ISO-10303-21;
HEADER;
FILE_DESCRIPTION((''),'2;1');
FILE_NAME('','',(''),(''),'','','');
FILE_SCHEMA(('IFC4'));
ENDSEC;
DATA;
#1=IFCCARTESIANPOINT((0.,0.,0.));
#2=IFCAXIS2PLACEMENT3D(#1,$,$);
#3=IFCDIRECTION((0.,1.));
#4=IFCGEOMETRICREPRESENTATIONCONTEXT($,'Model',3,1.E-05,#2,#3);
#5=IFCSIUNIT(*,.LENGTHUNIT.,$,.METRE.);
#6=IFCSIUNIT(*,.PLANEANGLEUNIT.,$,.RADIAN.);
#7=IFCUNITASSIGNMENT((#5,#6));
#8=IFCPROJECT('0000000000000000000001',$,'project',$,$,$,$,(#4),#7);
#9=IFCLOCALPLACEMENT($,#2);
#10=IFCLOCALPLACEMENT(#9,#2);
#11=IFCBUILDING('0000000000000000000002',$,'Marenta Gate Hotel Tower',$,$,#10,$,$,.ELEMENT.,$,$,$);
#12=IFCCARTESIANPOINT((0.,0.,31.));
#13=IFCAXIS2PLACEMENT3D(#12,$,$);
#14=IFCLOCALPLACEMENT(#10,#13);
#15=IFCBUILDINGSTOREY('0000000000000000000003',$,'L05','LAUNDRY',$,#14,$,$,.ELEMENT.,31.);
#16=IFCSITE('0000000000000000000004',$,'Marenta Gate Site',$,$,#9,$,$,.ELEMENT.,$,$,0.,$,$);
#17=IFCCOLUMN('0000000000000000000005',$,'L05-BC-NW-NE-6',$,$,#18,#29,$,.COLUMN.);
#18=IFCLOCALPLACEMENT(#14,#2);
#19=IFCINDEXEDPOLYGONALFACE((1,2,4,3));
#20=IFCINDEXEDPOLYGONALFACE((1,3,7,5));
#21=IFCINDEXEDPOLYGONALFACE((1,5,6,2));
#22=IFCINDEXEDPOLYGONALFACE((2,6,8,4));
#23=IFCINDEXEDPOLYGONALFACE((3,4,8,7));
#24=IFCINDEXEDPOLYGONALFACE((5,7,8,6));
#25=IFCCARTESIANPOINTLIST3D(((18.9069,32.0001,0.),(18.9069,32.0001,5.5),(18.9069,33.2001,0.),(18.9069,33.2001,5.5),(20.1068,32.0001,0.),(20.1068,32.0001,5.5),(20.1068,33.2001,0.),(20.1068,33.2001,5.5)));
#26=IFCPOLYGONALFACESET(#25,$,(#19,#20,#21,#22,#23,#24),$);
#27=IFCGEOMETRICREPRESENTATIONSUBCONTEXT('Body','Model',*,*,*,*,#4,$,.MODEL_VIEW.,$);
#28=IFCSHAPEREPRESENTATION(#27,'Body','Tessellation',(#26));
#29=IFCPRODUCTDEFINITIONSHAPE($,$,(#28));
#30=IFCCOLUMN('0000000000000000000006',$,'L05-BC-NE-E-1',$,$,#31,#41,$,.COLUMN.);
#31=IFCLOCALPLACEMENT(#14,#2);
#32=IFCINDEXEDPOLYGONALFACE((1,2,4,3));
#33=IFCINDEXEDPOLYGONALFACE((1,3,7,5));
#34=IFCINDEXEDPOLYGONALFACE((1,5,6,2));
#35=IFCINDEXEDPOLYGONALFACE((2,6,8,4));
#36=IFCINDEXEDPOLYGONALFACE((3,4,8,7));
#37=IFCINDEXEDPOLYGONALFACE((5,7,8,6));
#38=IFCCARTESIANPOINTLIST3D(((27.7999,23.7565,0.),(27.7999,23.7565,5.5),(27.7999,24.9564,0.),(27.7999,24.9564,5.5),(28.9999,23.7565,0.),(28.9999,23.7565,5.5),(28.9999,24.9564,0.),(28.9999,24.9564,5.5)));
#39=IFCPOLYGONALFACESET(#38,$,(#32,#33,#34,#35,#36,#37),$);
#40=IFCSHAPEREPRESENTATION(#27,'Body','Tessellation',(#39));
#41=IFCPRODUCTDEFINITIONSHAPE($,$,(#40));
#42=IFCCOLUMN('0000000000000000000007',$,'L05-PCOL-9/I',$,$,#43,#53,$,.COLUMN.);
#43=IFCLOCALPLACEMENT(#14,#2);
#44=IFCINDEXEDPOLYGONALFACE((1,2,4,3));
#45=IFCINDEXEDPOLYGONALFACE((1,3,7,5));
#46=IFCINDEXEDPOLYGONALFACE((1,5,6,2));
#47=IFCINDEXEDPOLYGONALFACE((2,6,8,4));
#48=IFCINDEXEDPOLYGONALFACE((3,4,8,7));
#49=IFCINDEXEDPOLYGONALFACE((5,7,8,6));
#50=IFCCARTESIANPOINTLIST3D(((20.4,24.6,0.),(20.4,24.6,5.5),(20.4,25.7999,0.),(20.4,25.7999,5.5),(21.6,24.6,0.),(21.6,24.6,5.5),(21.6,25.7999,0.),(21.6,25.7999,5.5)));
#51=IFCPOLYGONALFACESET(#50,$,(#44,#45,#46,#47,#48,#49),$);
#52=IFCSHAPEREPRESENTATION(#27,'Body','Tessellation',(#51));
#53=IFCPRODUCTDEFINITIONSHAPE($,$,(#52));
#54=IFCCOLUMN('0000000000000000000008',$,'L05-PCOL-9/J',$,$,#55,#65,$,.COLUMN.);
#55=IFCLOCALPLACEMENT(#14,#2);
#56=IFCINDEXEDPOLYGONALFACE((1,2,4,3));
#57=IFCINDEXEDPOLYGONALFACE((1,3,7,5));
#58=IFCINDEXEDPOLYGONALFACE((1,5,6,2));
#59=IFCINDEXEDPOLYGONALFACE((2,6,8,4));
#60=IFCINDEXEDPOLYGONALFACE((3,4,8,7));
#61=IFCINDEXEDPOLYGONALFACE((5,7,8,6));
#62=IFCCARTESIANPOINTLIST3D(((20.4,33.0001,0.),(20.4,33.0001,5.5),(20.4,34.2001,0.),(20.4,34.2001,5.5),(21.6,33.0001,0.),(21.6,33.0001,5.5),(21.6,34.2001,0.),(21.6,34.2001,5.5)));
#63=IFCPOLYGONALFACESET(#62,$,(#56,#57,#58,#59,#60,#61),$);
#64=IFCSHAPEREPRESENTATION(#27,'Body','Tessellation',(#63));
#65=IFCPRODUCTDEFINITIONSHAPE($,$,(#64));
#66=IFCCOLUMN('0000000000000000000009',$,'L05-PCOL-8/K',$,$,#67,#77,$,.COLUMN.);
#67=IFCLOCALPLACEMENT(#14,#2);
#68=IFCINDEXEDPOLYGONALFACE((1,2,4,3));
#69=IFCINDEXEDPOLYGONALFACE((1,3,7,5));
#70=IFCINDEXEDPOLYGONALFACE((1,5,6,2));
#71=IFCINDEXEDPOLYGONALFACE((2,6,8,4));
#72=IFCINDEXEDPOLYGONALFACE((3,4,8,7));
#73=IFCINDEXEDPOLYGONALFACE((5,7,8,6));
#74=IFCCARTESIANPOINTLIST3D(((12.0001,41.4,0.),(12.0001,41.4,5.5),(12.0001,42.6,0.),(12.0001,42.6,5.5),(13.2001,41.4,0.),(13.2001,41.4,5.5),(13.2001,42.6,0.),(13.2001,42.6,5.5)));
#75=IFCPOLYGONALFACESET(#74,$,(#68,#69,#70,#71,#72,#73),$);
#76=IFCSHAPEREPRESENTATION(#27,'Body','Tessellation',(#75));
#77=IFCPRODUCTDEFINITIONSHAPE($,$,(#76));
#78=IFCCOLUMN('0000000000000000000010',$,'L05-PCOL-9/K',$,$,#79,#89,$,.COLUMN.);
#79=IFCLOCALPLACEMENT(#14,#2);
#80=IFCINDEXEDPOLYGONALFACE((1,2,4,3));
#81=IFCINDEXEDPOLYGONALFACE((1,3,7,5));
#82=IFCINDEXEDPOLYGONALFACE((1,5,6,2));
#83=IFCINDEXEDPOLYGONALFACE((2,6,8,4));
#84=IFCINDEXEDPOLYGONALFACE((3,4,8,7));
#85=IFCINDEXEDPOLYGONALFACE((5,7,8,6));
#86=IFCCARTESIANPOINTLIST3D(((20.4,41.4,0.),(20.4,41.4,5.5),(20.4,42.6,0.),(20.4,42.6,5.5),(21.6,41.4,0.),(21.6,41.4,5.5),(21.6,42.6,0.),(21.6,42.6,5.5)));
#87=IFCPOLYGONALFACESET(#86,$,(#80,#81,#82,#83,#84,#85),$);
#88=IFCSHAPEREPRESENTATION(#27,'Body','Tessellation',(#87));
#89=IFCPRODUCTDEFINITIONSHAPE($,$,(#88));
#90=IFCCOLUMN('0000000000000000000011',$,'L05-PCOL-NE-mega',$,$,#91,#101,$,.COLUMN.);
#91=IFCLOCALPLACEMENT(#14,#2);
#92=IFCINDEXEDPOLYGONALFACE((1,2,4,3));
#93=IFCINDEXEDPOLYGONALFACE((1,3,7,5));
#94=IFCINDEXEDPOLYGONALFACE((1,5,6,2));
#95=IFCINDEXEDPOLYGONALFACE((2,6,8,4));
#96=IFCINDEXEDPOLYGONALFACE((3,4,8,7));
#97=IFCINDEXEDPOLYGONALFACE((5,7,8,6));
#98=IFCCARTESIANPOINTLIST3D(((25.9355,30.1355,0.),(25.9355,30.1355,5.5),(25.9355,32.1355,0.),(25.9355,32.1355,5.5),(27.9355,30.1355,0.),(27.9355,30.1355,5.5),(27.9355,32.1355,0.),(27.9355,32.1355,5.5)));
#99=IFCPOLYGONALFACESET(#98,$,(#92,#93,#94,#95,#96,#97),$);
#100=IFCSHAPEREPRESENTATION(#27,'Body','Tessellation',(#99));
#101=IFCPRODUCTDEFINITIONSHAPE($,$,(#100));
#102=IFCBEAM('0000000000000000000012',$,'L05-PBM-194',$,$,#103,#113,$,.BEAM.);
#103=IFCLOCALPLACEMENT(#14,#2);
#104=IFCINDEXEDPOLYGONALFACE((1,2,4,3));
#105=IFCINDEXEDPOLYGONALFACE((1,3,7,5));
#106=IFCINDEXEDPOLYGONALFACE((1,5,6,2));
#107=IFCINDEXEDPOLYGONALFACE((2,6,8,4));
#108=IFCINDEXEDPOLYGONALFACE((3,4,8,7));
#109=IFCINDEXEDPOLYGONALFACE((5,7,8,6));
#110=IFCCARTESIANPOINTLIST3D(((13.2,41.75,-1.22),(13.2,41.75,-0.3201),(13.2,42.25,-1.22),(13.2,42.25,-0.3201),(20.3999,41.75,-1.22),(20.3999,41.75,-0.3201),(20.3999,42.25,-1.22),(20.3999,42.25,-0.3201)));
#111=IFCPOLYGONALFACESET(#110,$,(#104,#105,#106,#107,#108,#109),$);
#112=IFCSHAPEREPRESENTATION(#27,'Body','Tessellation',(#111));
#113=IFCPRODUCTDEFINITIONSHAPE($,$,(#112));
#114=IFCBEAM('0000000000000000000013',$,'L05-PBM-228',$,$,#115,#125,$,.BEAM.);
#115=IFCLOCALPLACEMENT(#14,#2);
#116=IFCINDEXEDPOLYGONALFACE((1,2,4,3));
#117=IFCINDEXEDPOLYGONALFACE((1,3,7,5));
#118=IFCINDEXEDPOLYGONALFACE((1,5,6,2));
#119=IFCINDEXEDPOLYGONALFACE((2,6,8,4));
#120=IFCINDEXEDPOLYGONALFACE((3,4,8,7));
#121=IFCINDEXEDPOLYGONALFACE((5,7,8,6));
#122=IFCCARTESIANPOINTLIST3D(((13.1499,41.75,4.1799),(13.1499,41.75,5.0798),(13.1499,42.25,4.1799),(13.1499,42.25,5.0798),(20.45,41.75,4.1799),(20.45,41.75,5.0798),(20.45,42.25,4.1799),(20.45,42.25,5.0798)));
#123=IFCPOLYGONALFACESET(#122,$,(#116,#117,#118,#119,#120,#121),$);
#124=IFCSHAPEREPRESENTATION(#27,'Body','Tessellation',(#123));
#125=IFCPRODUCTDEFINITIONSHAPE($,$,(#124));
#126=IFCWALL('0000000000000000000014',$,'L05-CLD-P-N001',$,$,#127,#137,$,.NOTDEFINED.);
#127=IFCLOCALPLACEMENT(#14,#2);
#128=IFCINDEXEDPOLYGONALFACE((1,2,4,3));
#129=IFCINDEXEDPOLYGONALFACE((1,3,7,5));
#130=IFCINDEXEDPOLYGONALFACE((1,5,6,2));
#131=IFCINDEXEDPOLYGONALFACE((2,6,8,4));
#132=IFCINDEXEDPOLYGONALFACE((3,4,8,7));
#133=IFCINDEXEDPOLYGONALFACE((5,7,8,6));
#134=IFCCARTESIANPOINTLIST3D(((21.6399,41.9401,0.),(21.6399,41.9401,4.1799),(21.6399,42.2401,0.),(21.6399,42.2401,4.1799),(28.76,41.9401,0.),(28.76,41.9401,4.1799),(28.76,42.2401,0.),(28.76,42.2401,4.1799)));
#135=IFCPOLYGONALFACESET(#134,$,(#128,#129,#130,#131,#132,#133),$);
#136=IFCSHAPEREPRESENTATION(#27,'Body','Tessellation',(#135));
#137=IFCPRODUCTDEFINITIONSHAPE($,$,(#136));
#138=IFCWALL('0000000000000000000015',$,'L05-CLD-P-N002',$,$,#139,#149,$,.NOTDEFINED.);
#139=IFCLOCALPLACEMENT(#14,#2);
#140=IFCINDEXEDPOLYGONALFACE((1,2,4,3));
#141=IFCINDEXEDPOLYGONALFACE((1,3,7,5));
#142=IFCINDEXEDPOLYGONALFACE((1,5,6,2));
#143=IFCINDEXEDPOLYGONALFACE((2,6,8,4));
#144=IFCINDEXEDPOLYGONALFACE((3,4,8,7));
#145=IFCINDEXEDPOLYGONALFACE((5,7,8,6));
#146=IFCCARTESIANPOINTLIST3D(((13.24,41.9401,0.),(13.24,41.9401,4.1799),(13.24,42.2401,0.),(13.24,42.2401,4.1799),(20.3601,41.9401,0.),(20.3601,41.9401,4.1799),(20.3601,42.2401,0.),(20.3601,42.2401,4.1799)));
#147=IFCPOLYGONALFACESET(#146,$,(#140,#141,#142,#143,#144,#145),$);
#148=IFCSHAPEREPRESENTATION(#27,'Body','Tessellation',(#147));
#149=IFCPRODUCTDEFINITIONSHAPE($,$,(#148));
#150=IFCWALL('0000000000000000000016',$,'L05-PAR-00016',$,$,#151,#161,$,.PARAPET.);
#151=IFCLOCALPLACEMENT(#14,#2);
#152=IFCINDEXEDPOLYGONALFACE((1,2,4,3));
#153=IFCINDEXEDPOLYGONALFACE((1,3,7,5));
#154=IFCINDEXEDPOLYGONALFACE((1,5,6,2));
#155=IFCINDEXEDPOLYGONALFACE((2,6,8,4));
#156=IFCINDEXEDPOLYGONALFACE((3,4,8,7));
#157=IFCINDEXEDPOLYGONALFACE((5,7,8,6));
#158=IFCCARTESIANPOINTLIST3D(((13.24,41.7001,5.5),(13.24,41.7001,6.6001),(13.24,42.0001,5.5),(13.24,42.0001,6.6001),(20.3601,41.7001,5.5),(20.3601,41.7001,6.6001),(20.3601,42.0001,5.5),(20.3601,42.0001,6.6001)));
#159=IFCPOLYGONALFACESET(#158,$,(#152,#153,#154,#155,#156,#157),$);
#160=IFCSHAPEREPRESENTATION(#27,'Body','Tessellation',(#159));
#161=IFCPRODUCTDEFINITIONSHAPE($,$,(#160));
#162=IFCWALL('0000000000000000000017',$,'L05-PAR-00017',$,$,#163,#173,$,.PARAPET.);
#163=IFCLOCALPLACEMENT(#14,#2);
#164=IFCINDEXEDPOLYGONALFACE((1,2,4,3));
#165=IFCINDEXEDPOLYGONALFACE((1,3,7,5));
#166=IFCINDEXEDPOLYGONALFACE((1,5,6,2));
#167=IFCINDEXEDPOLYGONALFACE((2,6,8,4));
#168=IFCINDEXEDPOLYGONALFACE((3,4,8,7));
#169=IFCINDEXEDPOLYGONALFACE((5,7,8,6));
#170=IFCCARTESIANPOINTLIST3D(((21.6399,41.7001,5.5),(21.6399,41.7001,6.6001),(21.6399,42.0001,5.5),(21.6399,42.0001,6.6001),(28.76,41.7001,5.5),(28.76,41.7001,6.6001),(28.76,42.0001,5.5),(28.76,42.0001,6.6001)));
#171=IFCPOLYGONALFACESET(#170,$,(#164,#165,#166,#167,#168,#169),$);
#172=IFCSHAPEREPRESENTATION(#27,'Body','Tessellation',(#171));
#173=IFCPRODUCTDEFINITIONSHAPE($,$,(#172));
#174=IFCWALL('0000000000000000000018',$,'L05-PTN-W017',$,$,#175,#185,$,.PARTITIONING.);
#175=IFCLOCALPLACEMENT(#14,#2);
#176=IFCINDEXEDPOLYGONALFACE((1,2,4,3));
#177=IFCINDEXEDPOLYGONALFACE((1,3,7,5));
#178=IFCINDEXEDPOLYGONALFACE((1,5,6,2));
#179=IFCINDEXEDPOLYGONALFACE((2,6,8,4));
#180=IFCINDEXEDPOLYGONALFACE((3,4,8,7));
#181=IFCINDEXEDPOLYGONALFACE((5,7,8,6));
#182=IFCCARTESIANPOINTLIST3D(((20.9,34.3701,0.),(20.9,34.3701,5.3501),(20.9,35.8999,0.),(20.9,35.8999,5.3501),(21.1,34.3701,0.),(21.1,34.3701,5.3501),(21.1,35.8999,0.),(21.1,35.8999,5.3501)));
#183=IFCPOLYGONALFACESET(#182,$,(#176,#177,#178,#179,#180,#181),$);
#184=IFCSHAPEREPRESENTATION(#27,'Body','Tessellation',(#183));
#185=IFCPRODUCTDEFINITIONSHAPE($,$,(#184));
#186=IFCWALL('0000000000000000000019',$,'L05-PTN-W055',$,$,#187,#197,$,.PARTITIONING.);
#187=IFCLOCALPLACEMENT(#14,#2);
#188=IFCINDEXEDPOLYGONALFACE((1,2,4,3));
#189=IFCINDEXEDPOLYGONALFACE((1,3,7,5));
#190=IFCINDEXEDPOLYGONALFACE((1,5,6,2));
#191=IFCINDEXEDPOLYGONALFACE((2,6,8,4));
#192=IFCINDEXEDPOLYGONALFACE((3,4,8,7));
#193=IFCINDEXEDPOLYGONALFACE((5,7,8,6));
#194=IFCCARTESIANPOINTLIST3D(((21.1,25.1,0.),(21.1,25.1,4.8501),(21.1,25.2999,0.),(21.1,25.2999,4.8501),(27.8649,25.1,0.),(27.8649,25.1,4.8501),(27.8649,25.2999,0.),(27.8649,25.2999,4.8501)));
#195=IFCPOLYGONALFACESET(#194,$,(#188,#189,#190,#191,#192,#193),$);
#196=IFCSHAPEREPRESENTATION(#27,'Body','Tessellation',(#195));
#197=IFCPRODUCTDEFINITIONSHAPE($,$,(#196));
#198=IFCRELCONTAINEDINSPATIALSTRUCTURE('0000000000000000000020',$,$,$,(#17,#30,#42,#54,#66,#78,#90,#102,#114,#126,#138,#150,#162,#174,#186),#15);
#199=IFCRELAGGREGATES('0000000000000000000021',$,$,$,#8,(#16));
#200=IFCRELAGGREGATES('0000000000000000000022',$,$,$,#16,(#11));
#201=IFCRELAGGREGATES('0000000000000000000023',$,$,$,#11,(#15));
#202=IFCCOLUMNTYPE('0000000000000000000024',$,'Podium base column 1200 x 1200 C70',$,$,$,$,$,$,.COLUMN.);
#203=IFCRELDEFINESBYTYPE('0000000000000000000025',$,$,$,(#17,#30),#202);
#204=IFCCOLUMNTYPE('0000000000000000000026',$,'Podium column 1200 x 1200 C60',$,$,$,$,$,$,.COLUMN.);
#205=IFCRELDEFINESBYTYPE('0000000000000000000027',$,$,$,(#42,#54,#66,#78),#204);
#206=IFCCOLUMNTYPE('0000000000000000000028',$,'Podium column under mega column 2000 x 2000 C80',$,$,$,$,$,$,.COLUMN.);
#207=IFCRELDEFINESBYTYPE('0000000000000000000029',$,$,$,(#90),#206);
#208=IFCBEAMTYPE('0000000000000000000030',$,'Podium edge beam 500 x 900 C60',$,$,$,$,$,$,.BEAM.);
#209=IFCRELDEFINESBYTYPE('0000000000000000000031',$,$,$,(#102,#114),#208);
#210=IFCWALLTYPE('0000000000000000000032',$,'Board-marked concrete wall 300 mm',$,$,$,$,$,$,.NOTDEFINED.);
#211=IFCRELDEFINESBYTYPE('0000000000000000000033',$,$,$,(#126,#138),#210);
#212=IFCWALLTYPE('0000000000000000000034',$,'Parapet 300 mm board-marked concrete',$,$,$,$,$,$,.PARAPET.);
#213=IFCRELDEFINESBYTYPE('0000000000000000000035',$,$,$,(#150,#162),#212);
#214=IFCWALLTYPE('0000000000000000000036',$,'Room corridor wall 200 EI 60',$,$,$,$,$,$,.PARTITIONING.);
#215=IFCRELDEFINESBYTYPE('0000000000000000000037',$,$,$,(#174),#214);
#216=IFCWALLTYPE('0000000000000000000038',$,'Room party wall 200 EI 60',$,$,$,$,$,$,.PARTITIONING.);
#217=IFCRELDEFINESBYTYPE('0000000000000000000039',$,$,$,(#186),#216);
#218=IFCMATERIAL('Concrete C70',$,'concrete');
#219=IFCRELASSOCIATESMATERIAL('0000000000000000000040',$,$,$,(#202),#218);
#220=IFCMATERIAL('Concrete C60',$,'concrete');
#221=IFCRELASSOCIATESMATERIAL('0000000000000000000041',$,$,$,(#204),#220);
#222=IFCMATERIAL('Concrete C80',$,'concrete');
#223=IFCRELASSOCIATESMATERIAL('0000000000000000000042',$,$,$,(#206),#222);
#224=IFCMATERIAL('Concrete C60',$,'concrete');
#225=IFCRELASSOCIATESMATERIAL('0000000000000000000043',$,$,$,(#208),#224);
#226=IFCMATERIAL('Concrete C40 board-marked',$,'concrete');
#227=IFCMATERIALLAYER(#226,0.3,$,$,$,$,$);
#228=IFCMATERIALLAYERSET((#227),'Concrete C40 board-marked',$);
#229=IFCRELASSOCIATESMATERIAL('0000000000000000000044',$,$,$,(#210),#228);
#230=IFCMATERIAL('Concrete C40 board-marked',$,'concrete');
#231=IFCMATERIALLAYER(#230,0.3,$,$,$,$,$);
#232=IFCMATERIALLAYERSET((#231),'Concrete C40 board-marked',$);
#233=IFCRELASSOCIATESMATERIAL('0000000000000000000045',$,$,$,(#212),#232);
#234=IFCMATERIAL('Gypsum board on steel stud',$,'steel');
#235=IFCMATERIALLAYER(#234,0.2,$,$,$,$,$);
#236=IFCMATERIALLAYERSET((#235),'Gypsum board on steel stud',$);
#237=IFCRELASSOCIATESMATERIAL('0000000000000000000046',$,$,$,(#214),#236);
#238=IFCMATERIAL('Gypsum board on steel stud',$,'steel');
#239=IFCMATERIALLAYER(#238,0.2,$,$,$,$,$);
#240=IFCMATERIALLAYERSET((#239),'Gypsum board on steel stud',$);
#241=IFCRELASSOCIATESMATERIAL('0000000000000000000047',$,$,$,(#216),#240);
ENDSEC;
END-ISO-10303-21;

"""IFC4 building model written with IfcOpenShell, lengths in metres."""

from ifc_helpers import new_model, si_unit, direction, frame, frame_2d, origin, origin_2d, place, context, subcontext, project, spatial, rectangle, extrude, material, layer, layer_set, material_profile, profile_set, type_object, element, save


model = new_model("IFC4")

# Units and contexts
model_context = context("Model", 3, precision=1e-05, world=origin(), true_north=direction((0.0, 1.0)))
body_context = subcontext(model_context, "Body", "Model", "MODEL_VIEW")
ifc_project = project(units=[si_unit("LENGTHUNIT", "METRE"), si_unit("PLANEANGLEUNIT", "RADIAN")], contexts=[model_context])

# Site, building, storey
site_placement = place(None, origin())
site = spatial("IfcSite", under=ifc_project, at=site_placement, Name="Marenta Gate Site", CompositionType="ELEMENT", RefElevation=0.0)
building_placement = place(site_placement, origin())
building = spatial("IfcBuilding", under=site, at=building_placement, Name="Marenta Gate Hotel Tower", CompositionType="ELEMENT")
storey_placement = place(building_placement, frame((0.0, 0.0, 31.0)))
storey = spatial("IfcBuildingStorey", under=building, at=storey_placement, Name="L05", Description="LAUNDRY", CompositionType="ELEMENT", Elevation=31.0)

# Columns
ifc_material_1 = material(Name="Concrete C70", Category="concrete")
ifc_material_profile_1 = material_profile(ifc_material_1, rectangle(XDim=1.2, YDim=1.2, at=origin_2d()), Name="1200 x 1200")
ifc_profile_set_1 = profile_set([ifc_material_profile_1], Name="Concrete C70")
column_type_1 = type_object("IfcColumnType", Name="Podium base column 1200 x 1200 C70", PredefinedType="COLUMN", material=ifc_profile_set_1)
for number, where, z_axis, x_axis, name in (
    (1, (19.5068, 32.6001, 0.0), (0.0, 0.0, 1.0), (1.0, 0.0, 0.0), "L05-BC-NW-NE-6"),
    (2, (28.3999, 24.3564, 0.0), (0.0, 0.0, 1.0), (1.0, 0.0, 0.0), "L05-BC-NE-E-1"),
):
    element("IfcColumn", number, at=place(storey_placement, frame(where, z_axis=z_axis, x_axis=x_axis)), inside=storey, type_object=column_type_1, Name=name, PredefinedType="COLUMN", context=body_context, shape_type="SweptSolid", body=[
        extrude(rectangle(XDim=1.2, YDim=1.2, at=origin_2d()), origin(), (0.0, 0.0, 1.0), 5.5),
    ])
ifc_material_2 = material(Name="Concrete C60", Category="concrete")
ifc_material_profile_2 = material_profile(ifc_material_2, rectangle(XDim=1.2, YDim=1.2, at=origin_2d()), Name="1200 x 1200")
ifc_profile_set_2 = profile_set([ifc_material_profile_2], Name="Concrete C60")
column_type_2 = type_object("IfcColumnType", Name="Podium column 1200 x 1200 C60", PredefinedType="COLUMN", material=ifc_profile_set_2)
for number, where, z_axis, x_axis, name in (
    (3, (21.0, 25.2, 0.0), (0.0, 0.0, 1.0), (1.0, 0.0, 0.0), "L05-PCOL-9/I"),
    (4, (21.0, 33.6001, 0.0), (0.0, 0.0, 1.0), (1.0, 0.0, 0.0), "L05-PCOL-9/J"),
    (5, (12.6001, 42.0, 0.0), (0.0, 0.0, 1.0), (1.0, 0.0, 0.0), "L05-PCOL-8/K"),
    (6, (21.0, 42.0, 0.0), (0.0, 0.0, 1.0), (1.0, 0.0, 0.0), "L05-PCOL-9/K"),
):
    element("IfcColumn", number, at=place(storey_placement, frame(where, z_axis=z_axis, x_axis=x_axis)), inside=storey, type_object=column_type_2, Name=name, PredefinedType="COLUMN", context=body_context, shape_type="SweptSolid", body=[
        extrude(rectangle(XDim=1.2, YDim=1.2, at=origin_2d()), origin(), (0.0, 0.0, 1.0), 5.5),
    ])
ifc_material_3 = material(Name="Concrete C80", Category="concrete")
ifc_material_profile_3 = material_profile(ifc_material_3, rectangle(XDim=2.0, YDim=2.0, at=origin_2d()), Name="2000 x 2000")
ifc_profile_set_3 = profile_set([ifc_material_profile_3], Name="Concrete C80")
column_type_3 = type_object("IfcColumnType", Name="Podium column under mega column 2000 x 2000 C80", PredefinedType="COLUMN", material=ifc_profile_set_3)
column_placement = place(storey_placement, frame((26.9355, 31.1355, 0.0), z_axis=(0.0, 0.0, 1.0), x_axis=(1.0, 0.0, 0.0)))
element("IfcColumn", 7, at=column_placement, inside=storey, type_object=column_type_3, Name="L05-PCOL-NE-mega", PredefinedType="COLUMN", context=body_context, shape_type="SweptSolid", body=[
    extrude(rectangle(XDim=2.0, YDim=2.0, at=origin_2d()), origin(), (0.0, 0.0, 1.0), 5.5),
])

# Beams
ifc_material_4 = material(Name="Concrete C60", Category="concrete")
ifc_material_profile_4 = material_profile(ifc_material_4, rectangle(XDim=0.5, YDim=0.8999, at=origin_2d()), Name="500 x 900")
ifc_profile_set_4 = profile_set([ifc_material_profile_4], Name="Concrete C60")
beam_type = type_object("IfcBeamType", Name="Podium edge beam 500 x 900 C60", PredefinedType="BEAM", material=ifc_profile_set_4)
beam_1_placement = place(storey_placement, frame((20.3999, 42.0, -0.77), z_axis=(-1.0, 0.0, 0.0), x_axis=(0.0, -1.0, 0.0)))
element("IfcBeam", 8, at=beam_1_placement, inside=storey, type_object=beam_type, Name="L05-PBM-194", PredefinedType="BEAM", context=body_context, shape_type="SweptSolid", body=[
    extrude(rectangle(XDim=0.5, YDim=0.8999, at=origin_2d()), origin(), (0.0, 0.0, 1.0), 7.2),
])
beam_2_placement = place(storey_placement, frame((20.45, 42.0, 4.6299), z_axis=(-1.0, 0.0, 0.0), x_axis=(0.0, -1.0, 0.0)))
element("IfcBeam", 9, at=beam_2_placement, inside=storey, type_object=beam_type, Name="L05-PBM-228", PredefinedType="BEAM", context=body_context, shape_type="SweptSolid", body=[
    extrude(rectangle(XDim=0.5, YDim=0.8999, at=origin_2d()), origin(), (0.0, 0.0, 1.0), 7.3),
])

# Walls
ifc_material_5 = material(Name="Concrete C40 board-marked", Category="concrete")
ifc_layer_1 = layer(ifc_material_5, 0.3)
ifc_layer_set_1 = layer_set([ifc_layer_1], Name="Concrete C40 board-marked")
wall_type_1 = type_object("IfcWallType", Name="Board-marked concrete wall 300 mm", PredefinedType="NOTDEFINED", material=ifc_layer_set_1)
for number, where, z_axis, x_axis, name in (
    (10, (28.76, 42.0901, 0.0), (0.0, 0.0, 1.0), (-1.0, 0.0, 0.0), "L05-CLD-P-N001"),
    (11, (20.3601, 42.0901, 0.0), (0.0, 0.0, 1.0), (-1.0, 0.0, 0.0), "L05-CLD-P-N002"),
):
    element("IfcWall", number, at=place(storey_placement, frame(where, z_axis=z_axis, x_axis=x_axis)), inside=storey, type_object=wall_type_1, Name=name, PredefinedType="NOTDEFINED", context=body_context, shape_type="SweptSolid", body=[
        extrude(rectangle(XDim=7.1201, YDim=0.3, at=frame_2d((3.5601, 0.0))), origin(), (0.0, 0.0, 1.0), 4.1799),
    ])
ifc_material_6 = material(Name="Concrete C40 board-marked", Category="concrete")
ifc_layer_2 = layer(ifc_material_6, 0.3)
ifc_layer_set_2 = layer_set([ifc_layer_2], Name="Concrete C40 board-marked")
wall_type_2 = type_object("IfcWallType", Name="Parapet 300 mm board-marked concrete", PredefinedType="PARAPET", material=ifc_layer_set_2)
for number, where, z_axis, x_axis, name in (
    (12, (13.24, 41.8501, 5.5), (0.0, 0.0, 1.0), (1.0, 0.0, 0.0), "L05-PAR-00016"),
    (13, (21.6399, 41.8501, 5.5), (0.0, 0.0, 1.0), (1.0, 0.0, 0.0), "L05-PAR-00017"),
):
    element("IfcWall", number, at=place(storey_placement, frame(where, z_axis=z_axis, x_axis=x_axis)), inside=storey, type_object=wall_type_2, Name=name, PredefinedType="PARAPET", context=body_context, shape_type="SweptSolid", body=[
        extrude(rectangle(XDim=7.1201, YDim=0.3, at=frame_2d((3.5601, 0.0))), origin(), (0.0, 0.0, 1.0), 1.1001),
    ])
ifc_material_7 = material(Name="Gypsum board on steel stud", Category="steel")
ifc_layer_3 = layer(ifc_material_7, 0.2)
ifc_layer_set_3 = layer_set([ifc_layer_3], Name="Gypsum board on steel stud")
wall_type_3 = type_object("IfcWallType", Name="Room corridor wall 200 EI 60", PredefinedType="PARTITIONING", material=ifc_layer_set_3)
wall_1_placement = place(storey_placement, frame((21.0, 34.3701, 0.0), z_axis=(0.0, 0.0, 1.0), x_axis=(0.0, 1.0, 0.0)))
element("IfcWall", 14, at=wall_1_placement, inside=storey, type_object=wall_type_3, Name="L05-PTN-W017", PredefinedType="PARTITIONING", context=body_context, shape_type="SweptSolid", body=[
    extrude(rectangle(XDim=1.5298, YDim=0.2, at=frame_2d((0.7649, 0.0))), origin(), (0.0, 0.0, 1.0), 5.3501),
])

# Wall
ifc_material_8 = material(Name="Gypsum board on steel stud", Category="steel")
ifc_layer_4 = layer(ifc_material_8, 0.2)
ifc_layer_set_4 = layer_set([ifc_layer_4], Name="Gypsum board on steel stud")
wall_type_4 = type_object("IfcWallType", Name="Room party wall 200 EI 60", PredefinedType="PARTITIONING", material=ifc_layer_set_4)
wall_2_placement = place(storey_placement, frame((21.1001, 25.2, 0.0), z_axis=(0.0, 0.0, 1.0), x_axis=(1.0, 0.0, 0.0)))
element("IfcWall", 15, at=wall_2_placement, inside=storey, type_object=wall_type_4, Name="L05-PTN-W055", PredefinedType="PARTITIONING", context=body_context, shape_type="SweptSolid", body=[
    extrude(rectangle(XDim=6.7649, YDim=0.2, at=frame_2d((3.3823, 0.0))), origin(), (0.0, 0.0, 1.0), 4.8501),
])

save(model, "model.ifc")
